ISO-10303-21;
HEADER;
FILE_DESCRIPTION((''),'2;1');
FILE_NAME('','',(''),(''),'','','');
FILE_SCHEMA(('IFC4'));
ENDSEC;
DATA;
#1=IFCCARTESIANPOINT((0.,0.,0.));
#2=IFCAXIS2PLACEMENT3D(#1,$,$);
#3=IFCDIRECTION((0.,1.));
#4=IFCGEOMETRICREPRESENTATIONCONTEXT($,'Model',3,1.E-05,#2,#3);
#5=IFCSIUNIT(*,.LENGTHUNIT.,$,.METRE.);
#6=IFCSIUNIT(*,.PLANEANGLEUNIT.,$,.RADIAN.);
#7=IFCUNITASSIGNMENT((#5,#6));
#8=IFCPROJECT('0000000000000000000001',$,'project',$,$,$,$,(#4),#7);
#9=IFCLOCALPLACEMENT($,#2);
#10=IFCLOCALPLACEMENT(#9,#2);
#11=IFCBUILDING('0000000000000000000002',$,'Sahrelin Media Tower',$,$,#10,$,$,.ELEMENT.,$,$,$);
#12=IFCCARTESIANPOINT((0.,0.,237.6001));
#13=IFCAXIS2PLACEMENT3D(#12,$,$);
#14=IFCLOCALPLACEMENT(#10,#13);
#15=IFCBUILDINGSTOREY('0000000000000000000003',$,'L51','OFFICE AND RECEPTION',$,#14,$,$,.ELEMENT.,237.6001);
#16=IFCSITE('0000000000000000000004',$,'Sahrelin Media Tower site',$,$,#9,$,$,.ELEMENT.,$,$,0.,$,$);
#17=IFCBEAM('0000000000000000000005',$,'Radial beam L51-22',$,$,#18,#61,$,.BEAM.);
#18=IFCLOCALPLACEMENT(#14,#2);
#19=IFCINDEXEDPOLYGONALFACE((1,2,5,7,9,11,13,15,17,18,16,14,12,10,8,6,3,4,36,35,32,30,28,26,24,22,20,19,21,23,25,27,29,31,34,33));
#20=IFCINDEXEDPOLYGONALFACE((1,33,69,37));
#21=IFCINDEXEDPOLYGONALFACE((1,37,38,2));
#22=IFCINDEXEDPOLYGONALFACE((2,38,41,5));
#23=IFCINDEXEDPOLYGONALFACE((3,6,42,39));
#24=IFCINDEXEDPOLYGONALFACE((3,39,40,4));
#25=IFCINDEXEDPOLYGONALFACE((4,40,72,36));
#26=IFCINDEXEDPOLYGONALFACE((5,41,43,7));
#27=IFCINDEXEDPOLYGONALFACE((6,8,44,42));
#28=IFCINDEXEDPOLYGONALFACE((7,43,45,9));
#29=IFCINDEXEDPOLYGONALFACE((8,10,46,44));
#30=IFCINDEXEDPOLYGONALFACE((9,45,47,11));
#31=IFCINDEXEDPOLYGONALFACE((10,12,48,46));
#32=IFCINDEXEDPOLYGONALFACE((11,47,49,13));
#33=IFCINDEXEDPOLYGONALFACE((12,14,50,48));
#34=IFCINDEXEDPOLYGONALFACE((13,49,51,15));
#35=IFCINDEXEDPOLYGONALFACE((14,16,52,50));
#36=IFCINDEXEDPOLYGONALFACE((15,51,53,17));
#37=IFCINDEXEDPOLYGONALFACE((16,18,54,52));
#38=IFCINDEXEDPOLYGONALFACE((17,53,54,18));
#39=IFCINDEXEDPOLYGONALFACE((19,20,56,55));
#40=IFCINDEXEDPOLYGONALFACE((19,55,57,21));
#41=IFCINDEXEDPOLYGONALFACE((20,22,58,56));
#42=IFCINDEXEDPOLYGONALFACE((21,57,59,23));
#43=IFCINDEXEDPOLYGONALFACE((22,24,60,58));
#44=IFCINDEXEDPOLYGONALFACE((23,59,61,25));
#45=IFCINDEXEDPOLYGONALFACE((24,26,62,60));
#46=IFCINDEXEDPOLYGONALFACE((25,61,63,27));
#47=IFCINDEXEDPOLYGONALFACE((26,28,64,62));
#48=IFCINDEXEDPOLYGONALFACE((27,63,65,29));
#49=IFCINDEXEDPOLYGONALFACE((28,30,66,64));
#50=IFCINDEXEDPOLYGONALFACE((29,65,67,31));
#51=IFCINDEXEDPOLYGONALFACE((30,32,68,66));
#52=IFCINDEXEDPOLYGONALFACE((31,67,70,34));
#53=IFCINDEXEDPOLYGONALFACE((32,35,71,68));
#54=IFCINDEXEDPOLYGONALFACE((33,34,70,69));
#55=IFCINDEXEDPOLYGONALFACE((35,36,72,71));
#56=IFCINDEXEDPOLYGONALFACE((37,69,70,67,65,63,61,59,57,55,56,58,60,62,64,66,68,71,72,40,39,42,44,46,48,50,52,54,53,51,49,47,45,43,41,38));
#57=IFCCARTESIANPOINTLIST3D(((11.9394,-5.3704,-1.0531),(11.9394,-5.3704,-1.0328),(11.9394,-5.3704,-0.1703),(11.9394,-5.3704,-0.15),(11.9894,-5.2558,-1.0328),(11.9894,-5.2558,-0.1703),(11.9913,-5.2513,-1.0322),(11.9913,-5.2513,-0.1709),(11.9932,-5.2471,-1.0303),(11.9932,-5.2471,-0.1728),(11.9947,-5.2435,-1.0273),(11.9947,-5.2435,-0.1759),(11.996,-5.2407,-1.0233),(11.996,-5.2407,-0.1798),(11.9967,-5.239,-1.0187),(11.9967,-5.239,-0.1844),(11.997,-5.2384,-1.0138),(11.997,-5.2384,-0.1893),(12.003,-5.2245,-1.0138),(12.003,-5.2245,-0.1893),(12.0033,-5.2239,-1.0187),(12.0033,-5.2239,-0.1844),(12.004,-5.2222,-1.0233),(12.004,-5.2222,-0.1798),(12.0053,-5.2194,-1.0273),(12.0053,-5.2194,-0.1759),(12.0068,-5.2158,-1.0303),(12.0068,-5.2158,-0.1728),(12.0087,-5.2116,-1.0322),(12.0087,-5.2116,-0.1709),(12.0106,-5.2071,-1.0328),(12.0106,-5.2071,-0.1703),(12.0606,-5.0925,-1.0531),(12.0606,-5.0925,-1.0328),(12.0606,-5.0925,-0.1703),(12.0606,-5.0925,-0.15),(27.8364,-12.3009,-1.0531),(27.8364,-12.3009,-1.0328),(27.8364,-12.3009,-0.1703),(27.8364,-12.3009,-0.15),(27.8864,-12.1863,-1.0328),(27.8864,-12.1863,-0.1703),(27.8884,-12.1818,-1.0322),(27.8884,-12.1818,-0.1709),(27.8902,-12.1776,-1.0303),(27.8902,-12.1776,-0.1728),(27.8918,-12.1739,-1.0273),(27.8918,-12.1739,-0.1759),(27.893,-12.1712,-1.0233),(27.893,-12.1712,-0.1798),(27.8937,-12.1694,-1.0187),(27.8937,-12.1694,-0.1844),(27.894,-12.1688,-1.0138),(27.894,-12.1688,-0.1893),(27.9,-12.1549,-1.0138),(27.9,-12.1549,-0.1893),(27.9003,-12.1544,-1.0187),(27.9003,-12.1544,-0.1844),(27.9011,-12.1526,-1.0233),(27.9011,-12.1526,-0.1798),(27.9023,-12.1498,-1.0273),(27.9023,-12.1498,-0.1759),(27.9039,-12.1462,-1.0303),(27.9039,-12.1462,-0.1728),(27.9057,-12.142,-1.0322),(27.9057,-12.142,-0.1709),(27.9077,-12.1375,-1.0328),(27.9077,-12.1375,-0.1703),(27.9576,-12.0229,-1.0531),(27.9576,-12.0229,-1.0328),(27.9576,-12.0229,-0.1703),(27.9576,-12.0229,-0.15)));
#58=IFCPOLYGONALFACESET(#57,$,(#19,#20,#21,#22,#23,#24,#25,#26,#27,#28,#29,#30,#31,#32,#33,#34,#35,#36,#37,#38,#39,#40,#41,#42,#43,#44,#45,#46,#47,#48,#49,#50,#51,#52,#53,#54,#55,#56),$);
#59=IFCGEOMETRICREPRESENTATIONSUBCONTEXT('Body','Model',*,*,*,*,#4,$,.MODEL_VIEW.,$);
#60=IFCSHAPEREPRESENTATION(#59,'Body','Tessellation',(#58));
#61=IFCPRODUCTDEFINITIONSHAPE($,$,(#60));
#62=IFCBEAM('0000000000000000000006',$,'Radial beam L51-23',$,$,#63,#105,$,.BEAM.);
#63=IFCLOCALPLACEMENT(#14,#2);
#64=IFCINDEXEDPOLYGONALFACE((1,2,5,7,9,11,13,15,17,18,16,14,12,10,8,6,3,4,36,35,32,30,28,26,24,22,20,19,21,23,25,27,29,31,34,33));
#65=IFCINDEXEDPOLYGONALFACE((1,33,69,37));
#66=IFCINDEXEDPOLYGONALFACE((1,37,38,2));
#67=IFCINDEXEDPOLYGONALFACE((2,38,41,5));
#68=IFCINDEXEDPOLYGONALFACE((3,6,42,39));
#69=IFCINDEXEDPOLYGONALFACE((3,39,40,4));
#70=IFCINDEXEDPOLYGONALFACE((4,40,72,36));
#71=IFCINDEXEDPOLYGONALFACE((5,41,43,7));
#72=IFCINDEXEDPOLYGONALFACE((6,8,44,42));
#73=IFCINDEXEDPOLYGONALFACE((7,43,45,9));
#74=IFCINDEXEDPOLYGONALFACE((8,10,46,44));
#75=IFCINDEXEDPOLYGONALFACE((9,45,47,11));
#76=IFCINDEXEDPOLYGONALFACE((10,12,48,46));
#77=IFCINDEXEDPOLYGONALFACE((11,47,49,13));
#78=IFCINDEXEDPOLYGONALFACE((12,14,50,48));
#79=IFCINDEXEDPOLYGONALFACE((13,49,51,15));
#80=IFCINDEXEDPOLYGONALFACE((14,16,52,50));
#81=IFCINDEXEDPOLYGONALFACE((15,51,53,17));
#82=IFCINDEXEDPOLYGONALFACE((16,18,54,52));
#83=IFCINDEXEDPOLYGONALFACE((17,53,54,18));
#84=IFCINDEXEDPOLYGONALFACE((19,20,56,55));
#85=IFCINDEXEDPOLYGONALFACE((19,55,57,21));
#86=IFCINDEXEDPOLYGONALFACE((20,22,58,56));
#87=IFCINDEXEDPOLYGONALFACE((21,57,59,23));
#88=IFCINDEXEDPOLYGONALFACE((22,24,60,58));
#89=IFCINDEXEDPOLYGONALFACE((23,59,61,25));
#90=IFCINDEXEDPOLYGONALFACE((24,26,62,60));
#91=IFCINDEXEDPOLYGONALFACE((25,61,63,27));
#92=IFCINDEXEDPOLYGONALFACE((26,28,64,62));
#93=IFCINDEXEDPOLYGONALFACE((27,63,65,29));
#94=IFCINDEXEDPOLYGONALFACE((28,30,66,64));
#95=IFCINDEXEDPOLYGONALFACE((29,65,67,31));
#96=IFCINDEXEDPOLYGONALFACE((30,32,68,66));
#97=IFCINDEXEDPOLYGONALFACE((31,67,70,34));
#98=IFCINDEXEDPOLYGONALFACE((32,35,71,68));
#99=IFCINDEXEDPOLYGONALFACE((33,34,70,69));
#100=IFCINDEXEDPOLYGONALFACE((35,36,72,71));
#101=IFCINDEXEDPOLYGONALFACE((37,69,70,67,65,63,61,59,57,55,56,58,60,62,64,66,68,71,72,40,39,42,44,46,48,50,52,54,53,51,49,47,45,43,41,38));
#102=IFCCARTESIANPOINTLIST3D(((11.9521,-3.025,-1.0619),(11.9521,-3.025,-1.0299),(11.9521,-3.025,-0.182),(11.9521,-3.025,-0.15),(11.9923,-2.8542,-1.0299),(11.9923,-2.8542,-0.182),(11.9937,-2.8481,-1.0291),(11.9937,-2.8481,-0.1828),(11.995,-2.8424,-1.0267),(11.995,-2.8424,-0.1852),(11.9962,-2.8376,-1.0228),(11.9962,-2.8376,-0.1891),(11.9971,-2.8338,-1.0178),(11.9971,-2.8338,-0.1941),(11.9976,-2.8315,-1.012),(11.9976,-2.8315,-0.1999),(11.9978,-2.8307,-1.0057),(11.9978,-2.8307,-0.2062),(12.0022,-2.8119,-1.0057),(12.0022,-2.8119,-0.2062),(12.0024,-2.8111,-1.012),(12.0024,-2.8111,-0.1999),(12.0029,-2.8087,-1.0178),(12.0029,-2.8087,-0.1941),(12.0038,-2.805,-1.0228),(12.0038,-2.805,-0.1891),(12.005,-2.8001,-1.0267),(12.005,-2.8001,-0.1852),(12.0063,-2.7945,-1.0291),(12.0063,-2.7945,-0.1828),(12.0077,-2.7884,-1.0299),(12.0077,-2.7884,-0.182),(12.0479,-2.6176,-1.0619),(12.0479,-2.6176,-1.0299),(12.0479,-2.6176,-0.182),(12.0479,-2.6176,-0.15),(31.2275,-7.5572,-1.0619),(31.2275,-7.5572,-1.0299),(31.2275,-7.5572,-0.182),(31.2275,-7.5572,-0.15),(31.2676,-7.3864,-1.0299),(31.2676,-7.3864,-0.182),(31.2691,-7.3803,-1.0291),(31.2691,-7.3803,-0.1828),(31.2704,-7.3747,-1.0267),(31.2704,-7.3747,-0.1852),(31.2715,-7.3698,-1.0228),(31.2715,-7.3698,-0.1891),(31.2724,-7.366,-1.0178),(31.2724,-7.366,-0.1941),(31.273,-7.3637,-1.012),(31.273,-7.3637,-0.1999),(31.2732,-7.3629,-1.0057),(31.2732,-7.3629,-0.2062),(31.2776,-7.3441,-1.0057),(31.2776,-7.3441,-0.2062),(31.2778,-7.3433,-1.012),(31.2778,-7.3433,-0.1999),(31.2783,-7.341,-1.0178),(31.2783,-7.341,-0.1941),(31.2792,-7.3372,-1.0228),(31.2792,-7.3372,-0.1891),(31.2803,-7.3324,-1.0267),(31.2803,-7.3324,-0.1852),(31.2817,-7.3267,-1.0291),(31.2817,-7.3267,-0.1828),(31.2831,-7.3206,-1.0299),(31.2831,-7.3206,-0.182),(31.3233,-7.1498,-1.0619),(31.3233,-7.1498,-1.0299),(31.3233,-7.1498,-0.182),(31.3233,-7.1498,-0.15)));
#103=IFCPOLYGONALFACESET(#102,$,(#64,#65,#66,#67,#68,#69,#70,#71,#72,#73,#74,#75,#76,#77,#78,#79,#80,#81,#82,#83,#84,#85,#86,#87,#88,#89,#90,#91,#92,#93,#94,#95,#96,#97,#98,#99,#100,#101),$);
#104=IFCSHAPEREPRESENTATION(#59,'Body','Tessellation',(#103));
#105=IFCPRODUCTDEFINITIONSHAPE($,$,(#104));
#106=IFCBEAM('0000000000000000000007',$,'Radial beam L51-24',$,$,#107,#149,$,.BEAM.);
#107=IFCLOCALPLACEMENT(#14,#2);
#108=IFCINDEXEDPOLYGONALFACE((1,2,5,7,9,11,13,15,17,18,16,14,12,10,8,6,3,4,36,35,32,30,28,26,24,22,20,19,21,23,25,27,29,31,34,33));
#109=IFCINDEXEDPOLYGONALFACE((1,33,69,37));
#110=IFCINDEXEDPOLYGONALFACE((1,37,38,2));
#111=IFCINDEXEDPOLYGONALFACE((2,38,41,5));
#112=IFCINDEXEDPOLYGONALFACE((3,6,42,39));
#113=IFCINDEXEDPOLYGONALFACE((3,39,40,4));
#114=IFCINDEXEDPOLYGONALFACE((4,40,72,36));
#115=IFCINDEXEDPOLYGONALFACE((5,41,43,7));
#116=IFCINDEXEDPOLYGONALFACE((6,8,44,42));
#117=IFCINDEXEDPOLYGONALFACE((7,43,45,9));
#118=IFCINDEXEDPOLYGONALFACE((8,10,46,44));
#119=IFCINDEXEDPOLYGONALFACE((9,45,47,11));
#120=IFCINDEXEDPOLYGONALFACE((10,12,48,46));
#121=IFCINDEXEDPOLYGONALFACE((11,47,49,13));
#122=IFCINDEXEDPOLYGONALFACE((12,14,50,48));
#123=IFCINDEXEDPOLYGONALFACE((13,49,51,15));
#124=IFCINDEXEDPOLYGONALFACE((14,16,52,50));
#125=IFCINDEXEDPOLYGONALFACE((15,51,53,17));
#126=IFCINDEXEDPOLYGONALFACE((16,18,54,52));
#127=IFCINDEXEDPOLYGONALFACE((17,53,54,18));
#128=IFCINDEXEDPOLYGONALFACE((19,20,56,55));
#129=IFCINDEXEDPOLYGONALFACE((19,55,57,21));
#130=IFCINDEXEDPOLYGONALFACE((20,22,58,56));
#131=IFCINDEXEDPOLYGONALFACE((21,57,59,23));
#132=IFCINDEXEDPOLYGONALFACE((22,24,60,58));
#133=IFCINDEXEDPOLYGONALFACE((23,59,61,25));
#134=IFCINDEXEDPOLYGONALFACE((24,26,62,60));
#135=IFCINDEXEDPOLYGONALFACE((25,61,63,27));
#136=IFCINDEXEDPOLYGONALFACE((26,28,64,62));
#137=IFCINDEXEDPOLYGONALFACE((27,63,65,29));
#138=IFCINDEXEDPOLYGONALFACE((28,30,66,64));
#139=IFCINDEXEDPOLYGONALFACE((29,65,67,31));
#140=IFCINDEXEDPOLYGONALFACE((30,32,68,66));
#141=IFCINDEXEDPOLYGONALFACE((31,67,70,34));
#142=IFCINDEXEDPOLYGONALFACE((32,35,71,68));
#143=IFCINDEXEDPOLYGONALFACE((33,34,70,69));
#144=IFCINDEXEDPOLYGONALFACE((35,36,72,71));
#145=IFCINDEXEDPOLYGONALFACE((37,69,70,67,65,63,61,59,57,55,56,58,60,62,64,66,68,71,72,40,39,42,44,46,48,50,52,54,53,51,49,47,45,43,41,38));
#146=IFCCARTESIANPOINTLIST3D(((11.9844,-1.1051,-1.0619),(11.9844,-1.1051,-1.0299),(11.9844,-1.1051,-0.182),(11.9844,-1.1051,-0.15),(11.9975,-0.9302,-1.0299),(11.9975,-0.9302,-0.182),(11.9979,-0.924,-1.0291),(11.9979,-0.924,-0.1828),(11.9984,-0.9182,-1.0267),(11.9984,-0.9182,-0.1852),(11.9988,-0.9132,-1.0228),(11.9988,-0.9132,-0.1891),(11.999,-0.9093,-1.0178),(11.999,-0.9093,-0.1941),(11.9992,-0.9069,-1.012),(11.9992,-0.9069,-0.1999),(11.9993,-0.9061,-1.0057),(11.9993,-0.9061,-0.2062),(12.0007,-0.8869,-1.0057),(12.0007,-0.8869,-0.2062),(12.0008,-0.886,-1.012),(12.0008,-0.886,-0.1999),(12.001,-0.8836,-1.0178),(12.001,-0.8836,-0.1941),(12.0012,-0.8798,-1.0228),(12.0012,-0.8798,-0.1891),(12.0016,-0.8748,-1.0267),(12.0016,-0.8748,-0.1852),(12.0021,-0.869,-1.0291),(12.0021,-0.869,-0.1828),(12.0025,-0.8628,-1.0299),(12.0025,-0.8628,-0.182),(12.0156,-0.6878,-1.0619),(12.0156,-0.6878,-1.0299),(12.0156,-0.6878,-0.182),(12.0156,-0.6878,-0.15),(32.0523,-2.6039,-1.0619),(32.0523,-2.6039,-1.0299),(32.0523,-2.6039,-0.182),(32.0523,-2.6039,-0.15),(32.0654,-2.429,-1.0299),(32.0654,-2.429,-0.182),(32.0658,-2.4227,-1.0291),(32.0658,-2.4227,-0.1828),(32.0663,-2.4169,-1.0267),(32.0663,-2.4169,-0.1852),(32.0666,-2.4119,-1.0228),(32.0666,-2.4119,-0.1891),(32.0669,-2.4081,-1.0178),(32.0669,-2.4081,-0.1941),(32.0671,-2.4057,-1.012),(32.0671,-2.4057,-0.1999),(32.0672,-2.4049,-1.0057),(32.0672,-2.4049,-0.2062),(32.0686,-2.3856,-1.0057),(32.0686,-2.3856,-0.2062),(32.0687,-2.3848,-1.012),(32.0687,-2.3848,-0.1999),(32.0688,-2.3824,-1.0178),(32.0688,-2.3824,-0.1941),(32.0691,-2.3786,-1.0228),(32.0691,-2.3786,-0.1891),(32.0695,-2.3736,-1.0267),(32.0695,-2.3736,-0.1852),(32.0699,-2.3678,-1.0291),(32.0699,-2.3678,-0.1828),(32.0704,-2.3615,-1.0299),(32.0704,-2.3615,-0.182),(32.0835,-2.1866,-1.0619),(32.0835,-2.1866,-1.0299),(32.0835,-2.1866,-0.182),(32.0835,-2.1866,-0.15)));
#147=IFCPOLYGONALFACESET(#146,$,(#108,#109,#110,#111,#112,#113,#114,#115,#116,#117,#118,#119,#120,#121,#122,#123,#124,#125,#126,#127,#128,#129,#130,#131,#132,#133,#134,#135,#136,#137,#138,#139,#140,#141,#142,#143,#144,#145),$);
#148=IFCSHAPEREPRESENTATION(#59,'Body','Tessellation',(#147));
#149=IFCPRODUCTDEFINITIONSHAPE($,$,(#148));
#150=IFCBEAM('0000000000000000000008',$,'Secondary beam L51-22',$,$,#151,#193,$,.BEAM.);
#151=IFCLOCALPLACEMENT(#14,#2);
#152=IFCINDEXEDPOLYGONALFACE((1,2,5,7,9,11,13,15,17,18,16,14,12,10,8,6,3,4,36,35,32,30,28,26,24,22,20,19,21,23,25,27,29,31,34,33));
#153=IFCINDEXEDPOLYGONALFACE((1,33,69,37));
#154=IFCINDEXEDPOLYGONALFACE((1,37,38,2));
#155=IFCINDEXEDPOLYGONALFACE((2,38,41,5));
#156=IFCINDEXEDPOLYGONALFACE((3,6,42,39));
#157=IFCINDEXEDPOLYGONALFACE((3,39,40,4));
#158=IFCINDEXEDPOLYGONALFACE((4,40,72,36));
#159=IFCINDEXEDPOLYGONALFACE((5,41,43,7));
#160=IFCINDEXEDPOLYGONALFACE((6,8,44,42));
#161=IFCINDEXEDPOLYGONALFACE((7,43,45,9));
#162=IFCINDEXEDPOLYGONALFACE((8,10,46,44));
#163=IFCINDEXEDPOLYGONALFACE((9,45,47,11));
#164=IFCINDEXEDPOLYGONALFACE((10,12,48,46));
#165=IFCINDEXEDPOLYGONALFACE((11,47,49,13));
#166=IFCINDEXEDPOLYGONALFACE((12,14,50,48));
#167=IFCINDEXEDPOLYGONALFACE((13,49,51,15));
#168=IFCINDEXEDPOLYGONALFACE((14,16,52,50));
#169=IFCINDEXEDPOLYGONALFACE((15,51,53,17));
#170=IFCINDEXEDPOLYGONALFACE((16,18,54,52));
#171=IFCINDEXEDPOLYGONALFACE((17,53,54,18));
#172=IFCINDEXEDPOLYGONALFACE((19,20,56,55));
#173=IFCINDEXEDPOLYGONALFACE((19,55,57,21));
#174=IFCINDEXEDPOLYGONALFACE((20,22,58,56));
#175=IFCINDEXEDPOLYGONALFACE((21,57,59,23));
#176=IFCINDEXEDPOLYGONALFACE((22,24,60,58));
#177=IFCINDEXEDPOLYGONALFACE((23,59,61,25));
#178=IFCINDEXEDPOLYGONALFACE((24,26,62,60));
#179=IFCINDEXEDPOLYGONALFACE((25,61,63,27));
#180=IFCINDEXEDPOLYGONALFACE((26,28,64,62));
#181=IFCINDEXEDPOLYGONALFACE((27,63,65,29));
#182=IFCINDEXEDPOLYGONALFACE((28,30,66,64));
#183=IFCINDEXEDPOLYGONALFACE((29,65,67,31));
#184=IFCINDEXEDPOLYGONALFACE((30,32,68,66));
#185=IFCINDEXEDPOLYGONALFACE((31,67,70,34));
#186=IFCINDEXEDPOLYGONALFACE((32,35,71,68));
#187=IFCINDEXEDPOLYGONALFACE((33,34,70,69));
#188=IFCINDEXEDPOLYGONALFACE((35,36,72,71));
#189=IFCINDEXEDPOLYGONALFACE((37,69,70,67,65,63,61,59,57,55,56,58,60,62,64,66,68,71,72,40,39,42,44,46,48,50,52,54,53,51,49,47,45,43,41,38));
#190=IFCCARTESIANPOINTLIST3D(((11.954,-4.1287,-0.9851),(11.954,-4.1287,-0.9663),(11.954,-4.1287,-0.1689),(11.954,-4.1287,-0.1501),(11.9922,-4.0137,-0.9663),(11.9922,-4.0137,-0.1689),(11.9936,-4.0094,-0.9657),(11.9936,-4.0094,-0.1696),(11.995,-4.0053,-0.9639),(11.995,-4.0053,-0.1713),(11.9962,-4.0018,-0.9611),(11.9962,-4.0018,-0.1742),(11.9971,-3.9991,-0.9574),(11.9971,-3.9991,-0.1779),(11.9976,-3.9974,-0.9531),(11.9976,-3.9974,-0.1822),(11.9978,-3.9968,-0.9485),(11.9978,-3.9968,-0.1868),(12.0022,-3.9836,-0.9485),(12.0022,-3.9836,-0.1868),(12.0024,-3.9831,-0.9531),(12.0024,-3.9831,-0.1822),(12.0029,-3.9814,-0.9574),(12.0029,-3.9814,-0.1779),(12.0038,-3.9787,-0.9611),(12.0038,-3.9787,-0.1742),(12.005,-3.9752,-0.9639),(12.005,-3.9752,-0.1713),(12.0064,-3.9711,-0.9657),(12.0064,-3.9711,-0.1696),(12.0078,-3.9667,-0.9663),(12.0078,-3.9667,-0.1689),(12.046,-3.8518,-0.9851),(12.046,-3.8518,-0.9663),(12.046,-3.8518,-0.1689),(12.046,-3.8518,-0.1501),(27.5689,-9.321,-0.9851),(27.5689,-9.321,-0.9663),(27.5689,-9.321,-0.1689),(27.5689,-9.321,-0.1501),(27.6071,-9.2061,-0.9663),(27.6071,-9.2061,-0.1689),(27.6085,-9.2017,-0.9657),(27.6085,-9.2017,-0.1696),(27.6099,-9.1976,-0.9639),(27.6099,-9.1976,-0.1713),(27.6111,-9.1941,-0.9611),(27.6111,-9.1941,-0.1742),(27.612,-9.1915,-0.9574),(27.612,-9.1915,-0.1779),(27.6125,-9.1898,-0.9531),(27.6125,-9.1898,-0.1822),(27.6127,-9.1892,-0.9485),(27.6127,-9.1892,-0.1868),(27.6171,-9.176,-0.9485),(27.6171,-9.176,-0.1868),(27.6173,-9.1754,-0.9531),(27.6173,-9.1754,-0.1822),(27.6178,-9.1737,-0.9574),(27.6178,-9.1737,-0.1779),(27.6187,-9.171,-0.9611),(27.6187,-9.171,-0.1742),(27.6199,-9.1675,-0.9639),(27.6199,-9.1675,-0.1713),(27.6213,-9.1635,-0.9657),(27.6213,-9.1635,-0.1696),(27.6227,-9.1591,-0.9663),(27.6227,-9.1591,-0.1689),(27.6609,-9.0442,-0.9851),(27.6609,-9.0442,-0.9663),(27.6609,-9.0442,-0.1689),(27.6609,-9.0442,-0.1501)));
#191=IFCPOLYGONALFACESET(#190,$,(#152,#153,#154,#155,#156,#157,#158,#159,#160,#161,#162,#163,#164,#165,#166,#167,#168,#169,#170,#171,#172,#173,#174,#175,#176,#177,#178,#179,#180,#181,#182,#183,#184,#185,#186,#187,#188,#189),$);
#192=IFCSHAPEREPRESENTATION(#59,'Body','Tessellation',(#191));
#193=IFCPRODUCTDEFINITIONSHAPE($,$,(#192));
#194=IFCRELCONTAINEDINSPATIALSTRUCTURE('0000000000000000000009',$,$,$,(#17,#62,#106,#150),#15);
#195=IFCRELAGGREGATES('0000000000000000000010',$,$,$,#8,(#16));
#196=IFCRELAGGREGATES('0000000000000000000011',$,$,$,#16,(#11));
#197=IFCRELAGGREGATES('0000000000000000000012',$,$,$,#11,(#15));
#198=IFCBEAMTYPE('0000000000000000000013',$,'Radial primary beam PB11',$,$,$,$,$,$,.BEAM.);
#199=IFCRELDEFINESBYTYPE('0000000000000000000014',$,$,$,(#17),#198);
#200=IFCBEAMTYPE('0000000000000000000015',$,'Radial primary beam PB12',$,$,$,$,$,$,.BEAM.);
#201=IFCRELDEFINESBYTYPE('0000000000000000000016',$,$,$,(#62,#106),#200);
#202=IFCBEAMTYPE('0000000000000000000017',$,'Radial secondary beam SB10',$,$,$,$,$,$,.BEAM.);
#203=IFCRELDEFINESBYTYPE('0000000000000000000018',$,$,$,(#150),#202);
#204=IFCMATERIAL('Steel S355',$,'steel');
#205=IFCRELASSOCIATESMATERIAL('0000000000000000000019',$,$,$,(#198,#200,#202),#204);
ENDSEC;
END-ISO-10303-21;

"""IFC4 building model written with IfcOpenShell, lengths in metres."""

from ifc_helpers import new_model, si_unit, direction, frame, origin, origin_2d, place, context, subcontext, project, spatial, i_section, extrude, material, material_profile, profile_set, type_object, element, save


model = new_model("IFC4")

# Units and contexts
model_context = context("Model", 3, precision=1e-05, world=origin(), true_north=direction((0.0, 1.0)))
body_context = subcontext(model_context, "Body", "Model", "MODEL_VIEW")
ifc_project = project(units=[si_unit("LENGTHUNIT", "METRE"), si_unit("PLANEANGLEUNIT", "RADIAN")], contexts=[model_context])

# Site, building, storey
site_placement = place(None, origin())
site = spatial("IfcSite", under=ifc_project, at=site_placement, Name="Sahrelin Media Tower site", CompositionType="ELEMENT", RefElevation=0.0)
building_placement = place(site_placement, origin())
building = spatial("IfcBuilding", under=site, at=building_placement, Name="Sahrelin Media Tower", CompositionType="ELEMENT")
storey_placement = place(building_placement, frame((0.0, 0.0, 237.6001)))
storey = spatial("IfcBuildingStorey", under=building, at=storey_placement, Name="L51", Description="OFFICE AND RECEPTION", CompositionType="ELEMENT", Elevation=237.6001)

# Beams
ifc_material_1 = material(Name="Steel S355", Category="steel")
ifc_material_profile_1 = material_profile(ifc_material_1, i_section(OverallWidth=0.3032, OverallDepth=0.9031, WebThickness=0.0151, FlangeThickness=0.0203, FilletRadius=0.019, at=origin_2d()), Name="UB 914x305x201")
ifc_profile_set_1 = profile_set([ifc_material_profile_1], Name="Steel S355")
beam_type_1 = type_object("IfcBeamType", Name="Radial primary beam PB11", PredefinedType="BEAM", material=ifc_profile_set_1)
beam_1_placement = place(storey_placement, frame((12.0, -5.2314, -0.6016), z_axis=(0.916675, -0.399632, 0.0), x_axis=(0.399632, 0.916675, 0.0)))
element("IfcBeam", 1, at=beam_1_placement, inside=storey, type_object=beam_type_1, Name="Radial beam L51-22", PredefinedType="BEAM", context=body_context, shape_type="SweptSolid", body=[
    extrude(i_section(OverallWidth=0.3032, OverallDepth=0.9031, WebThickness=0.0151, FlangeThickness=0.0203, FilletRadius=0.019, at=origin_2d()), origin(), (0.0, 0.0, 1.0), 17.342),
])
ifc_material_profile_2 = material_profile(ifc_material_1, i_section(OverallWidth=0.4185, OverallDepth=0.9119, WebThickness=0.0193, FlangeThickness=0.032, FilletRadius=0.0242, at=origin_2d()), Name="UB 914x419x343")
ifc_profile_set_2 = profile_set([ifc_material_profile_2], Name="Steel S355")
beam_type_2 = type_object("IfcBeamType", Name="Radial primary beam PB12", PredefinedType="BEAM", material=ifc_profile_set_2)
beam_2_placement = place(storey_placement, frame((12.0, -2.8213, -0.606), z_axis=(0.973453, -0.228888, 0.0), x_axis=(0.228888, 0.973453, 0.0)))
element("IfcBeam", 2, at=beam_2_placement, inside=storey, type_object=beam_type_2, Name="Radial beam L51-23", PredefinedType="BEAM", context=body_context, shape_type="SweptSolid", body=[
    extrude(i_section(OverallWidth=0.4185, OverallDepth=0.9119, WebThickness=0.0193, FlangeThickness=0.032, FilletRadius=0.0242, at=origin_2d()), origin(), (0.0, 0.0, 1.0), 19.801),
])
beam_3_placement = place(storey_placement, frame((12.0, -0.8965, -0.606), z_axis=(0.997223, -0.074478, 0.0), x_axis=(0.074478, 0.997223, 0.0)))
element("IfcBeam", 3, at=beam_3_placement, inside=storey, type_object=beam_type_2, Name="Radial beam L51-24", PredefinedType="BEAM", context=body_context, shape_type="SweptSolid", body=[
    extrude(i_section(OverallWidth=0.4185, OverallDepth=0.9119, WebThickness=0.0193, FlangeThickness=0.032, FilletRadius=0.0242, at=origin_2d()), origin(), (0.0, 0.0, 1.0), 20.1238),
])
ifc_material_profile_3 = material_profile(ifc_material_1, i_section(OverallWidth=0.2917, OverallDepth=0.835, WebThickness=0.0139, FlangeThickness=0.0188, FilletRadius=0.0178, at=origin_2d()), Name="UB 838x292x176")
ifc_profile_set_3 = profile_set([ifc_material_profile_3], Name="Steel S355")
beam_type_3 = type_object("IfcBeamType", Name="Radial secondary beam SB10", PredefinedType="BEAM", material=ifc_profile_set_3)
beam_4_placement = place(storey_placement, frame((12.0, -3.9902, -0.5676), z_axis=(0.948913, -0.315538, 0.0), x_axis=(0.315538, 0.948913, 0.0)))
element("IfcBeam", 4, at=beam_4_placement, inside=storey, type_object=beam_type_3, Name="Secondary beam L51-22", PredefinedType="BEAM", context=body_context, shape_type="SweptSolid", body=[
    extrude(i_section(OverallWidth=0.2917, OverallDepth=0.835, WebThickness=0.0139, FlangeThickness=0.0188, FilletRadius=0.0178, at=origin_2d()), origin(), (0.0, 0.0, 1.0), 16.4556),
])

save(model, "model.ifc")
